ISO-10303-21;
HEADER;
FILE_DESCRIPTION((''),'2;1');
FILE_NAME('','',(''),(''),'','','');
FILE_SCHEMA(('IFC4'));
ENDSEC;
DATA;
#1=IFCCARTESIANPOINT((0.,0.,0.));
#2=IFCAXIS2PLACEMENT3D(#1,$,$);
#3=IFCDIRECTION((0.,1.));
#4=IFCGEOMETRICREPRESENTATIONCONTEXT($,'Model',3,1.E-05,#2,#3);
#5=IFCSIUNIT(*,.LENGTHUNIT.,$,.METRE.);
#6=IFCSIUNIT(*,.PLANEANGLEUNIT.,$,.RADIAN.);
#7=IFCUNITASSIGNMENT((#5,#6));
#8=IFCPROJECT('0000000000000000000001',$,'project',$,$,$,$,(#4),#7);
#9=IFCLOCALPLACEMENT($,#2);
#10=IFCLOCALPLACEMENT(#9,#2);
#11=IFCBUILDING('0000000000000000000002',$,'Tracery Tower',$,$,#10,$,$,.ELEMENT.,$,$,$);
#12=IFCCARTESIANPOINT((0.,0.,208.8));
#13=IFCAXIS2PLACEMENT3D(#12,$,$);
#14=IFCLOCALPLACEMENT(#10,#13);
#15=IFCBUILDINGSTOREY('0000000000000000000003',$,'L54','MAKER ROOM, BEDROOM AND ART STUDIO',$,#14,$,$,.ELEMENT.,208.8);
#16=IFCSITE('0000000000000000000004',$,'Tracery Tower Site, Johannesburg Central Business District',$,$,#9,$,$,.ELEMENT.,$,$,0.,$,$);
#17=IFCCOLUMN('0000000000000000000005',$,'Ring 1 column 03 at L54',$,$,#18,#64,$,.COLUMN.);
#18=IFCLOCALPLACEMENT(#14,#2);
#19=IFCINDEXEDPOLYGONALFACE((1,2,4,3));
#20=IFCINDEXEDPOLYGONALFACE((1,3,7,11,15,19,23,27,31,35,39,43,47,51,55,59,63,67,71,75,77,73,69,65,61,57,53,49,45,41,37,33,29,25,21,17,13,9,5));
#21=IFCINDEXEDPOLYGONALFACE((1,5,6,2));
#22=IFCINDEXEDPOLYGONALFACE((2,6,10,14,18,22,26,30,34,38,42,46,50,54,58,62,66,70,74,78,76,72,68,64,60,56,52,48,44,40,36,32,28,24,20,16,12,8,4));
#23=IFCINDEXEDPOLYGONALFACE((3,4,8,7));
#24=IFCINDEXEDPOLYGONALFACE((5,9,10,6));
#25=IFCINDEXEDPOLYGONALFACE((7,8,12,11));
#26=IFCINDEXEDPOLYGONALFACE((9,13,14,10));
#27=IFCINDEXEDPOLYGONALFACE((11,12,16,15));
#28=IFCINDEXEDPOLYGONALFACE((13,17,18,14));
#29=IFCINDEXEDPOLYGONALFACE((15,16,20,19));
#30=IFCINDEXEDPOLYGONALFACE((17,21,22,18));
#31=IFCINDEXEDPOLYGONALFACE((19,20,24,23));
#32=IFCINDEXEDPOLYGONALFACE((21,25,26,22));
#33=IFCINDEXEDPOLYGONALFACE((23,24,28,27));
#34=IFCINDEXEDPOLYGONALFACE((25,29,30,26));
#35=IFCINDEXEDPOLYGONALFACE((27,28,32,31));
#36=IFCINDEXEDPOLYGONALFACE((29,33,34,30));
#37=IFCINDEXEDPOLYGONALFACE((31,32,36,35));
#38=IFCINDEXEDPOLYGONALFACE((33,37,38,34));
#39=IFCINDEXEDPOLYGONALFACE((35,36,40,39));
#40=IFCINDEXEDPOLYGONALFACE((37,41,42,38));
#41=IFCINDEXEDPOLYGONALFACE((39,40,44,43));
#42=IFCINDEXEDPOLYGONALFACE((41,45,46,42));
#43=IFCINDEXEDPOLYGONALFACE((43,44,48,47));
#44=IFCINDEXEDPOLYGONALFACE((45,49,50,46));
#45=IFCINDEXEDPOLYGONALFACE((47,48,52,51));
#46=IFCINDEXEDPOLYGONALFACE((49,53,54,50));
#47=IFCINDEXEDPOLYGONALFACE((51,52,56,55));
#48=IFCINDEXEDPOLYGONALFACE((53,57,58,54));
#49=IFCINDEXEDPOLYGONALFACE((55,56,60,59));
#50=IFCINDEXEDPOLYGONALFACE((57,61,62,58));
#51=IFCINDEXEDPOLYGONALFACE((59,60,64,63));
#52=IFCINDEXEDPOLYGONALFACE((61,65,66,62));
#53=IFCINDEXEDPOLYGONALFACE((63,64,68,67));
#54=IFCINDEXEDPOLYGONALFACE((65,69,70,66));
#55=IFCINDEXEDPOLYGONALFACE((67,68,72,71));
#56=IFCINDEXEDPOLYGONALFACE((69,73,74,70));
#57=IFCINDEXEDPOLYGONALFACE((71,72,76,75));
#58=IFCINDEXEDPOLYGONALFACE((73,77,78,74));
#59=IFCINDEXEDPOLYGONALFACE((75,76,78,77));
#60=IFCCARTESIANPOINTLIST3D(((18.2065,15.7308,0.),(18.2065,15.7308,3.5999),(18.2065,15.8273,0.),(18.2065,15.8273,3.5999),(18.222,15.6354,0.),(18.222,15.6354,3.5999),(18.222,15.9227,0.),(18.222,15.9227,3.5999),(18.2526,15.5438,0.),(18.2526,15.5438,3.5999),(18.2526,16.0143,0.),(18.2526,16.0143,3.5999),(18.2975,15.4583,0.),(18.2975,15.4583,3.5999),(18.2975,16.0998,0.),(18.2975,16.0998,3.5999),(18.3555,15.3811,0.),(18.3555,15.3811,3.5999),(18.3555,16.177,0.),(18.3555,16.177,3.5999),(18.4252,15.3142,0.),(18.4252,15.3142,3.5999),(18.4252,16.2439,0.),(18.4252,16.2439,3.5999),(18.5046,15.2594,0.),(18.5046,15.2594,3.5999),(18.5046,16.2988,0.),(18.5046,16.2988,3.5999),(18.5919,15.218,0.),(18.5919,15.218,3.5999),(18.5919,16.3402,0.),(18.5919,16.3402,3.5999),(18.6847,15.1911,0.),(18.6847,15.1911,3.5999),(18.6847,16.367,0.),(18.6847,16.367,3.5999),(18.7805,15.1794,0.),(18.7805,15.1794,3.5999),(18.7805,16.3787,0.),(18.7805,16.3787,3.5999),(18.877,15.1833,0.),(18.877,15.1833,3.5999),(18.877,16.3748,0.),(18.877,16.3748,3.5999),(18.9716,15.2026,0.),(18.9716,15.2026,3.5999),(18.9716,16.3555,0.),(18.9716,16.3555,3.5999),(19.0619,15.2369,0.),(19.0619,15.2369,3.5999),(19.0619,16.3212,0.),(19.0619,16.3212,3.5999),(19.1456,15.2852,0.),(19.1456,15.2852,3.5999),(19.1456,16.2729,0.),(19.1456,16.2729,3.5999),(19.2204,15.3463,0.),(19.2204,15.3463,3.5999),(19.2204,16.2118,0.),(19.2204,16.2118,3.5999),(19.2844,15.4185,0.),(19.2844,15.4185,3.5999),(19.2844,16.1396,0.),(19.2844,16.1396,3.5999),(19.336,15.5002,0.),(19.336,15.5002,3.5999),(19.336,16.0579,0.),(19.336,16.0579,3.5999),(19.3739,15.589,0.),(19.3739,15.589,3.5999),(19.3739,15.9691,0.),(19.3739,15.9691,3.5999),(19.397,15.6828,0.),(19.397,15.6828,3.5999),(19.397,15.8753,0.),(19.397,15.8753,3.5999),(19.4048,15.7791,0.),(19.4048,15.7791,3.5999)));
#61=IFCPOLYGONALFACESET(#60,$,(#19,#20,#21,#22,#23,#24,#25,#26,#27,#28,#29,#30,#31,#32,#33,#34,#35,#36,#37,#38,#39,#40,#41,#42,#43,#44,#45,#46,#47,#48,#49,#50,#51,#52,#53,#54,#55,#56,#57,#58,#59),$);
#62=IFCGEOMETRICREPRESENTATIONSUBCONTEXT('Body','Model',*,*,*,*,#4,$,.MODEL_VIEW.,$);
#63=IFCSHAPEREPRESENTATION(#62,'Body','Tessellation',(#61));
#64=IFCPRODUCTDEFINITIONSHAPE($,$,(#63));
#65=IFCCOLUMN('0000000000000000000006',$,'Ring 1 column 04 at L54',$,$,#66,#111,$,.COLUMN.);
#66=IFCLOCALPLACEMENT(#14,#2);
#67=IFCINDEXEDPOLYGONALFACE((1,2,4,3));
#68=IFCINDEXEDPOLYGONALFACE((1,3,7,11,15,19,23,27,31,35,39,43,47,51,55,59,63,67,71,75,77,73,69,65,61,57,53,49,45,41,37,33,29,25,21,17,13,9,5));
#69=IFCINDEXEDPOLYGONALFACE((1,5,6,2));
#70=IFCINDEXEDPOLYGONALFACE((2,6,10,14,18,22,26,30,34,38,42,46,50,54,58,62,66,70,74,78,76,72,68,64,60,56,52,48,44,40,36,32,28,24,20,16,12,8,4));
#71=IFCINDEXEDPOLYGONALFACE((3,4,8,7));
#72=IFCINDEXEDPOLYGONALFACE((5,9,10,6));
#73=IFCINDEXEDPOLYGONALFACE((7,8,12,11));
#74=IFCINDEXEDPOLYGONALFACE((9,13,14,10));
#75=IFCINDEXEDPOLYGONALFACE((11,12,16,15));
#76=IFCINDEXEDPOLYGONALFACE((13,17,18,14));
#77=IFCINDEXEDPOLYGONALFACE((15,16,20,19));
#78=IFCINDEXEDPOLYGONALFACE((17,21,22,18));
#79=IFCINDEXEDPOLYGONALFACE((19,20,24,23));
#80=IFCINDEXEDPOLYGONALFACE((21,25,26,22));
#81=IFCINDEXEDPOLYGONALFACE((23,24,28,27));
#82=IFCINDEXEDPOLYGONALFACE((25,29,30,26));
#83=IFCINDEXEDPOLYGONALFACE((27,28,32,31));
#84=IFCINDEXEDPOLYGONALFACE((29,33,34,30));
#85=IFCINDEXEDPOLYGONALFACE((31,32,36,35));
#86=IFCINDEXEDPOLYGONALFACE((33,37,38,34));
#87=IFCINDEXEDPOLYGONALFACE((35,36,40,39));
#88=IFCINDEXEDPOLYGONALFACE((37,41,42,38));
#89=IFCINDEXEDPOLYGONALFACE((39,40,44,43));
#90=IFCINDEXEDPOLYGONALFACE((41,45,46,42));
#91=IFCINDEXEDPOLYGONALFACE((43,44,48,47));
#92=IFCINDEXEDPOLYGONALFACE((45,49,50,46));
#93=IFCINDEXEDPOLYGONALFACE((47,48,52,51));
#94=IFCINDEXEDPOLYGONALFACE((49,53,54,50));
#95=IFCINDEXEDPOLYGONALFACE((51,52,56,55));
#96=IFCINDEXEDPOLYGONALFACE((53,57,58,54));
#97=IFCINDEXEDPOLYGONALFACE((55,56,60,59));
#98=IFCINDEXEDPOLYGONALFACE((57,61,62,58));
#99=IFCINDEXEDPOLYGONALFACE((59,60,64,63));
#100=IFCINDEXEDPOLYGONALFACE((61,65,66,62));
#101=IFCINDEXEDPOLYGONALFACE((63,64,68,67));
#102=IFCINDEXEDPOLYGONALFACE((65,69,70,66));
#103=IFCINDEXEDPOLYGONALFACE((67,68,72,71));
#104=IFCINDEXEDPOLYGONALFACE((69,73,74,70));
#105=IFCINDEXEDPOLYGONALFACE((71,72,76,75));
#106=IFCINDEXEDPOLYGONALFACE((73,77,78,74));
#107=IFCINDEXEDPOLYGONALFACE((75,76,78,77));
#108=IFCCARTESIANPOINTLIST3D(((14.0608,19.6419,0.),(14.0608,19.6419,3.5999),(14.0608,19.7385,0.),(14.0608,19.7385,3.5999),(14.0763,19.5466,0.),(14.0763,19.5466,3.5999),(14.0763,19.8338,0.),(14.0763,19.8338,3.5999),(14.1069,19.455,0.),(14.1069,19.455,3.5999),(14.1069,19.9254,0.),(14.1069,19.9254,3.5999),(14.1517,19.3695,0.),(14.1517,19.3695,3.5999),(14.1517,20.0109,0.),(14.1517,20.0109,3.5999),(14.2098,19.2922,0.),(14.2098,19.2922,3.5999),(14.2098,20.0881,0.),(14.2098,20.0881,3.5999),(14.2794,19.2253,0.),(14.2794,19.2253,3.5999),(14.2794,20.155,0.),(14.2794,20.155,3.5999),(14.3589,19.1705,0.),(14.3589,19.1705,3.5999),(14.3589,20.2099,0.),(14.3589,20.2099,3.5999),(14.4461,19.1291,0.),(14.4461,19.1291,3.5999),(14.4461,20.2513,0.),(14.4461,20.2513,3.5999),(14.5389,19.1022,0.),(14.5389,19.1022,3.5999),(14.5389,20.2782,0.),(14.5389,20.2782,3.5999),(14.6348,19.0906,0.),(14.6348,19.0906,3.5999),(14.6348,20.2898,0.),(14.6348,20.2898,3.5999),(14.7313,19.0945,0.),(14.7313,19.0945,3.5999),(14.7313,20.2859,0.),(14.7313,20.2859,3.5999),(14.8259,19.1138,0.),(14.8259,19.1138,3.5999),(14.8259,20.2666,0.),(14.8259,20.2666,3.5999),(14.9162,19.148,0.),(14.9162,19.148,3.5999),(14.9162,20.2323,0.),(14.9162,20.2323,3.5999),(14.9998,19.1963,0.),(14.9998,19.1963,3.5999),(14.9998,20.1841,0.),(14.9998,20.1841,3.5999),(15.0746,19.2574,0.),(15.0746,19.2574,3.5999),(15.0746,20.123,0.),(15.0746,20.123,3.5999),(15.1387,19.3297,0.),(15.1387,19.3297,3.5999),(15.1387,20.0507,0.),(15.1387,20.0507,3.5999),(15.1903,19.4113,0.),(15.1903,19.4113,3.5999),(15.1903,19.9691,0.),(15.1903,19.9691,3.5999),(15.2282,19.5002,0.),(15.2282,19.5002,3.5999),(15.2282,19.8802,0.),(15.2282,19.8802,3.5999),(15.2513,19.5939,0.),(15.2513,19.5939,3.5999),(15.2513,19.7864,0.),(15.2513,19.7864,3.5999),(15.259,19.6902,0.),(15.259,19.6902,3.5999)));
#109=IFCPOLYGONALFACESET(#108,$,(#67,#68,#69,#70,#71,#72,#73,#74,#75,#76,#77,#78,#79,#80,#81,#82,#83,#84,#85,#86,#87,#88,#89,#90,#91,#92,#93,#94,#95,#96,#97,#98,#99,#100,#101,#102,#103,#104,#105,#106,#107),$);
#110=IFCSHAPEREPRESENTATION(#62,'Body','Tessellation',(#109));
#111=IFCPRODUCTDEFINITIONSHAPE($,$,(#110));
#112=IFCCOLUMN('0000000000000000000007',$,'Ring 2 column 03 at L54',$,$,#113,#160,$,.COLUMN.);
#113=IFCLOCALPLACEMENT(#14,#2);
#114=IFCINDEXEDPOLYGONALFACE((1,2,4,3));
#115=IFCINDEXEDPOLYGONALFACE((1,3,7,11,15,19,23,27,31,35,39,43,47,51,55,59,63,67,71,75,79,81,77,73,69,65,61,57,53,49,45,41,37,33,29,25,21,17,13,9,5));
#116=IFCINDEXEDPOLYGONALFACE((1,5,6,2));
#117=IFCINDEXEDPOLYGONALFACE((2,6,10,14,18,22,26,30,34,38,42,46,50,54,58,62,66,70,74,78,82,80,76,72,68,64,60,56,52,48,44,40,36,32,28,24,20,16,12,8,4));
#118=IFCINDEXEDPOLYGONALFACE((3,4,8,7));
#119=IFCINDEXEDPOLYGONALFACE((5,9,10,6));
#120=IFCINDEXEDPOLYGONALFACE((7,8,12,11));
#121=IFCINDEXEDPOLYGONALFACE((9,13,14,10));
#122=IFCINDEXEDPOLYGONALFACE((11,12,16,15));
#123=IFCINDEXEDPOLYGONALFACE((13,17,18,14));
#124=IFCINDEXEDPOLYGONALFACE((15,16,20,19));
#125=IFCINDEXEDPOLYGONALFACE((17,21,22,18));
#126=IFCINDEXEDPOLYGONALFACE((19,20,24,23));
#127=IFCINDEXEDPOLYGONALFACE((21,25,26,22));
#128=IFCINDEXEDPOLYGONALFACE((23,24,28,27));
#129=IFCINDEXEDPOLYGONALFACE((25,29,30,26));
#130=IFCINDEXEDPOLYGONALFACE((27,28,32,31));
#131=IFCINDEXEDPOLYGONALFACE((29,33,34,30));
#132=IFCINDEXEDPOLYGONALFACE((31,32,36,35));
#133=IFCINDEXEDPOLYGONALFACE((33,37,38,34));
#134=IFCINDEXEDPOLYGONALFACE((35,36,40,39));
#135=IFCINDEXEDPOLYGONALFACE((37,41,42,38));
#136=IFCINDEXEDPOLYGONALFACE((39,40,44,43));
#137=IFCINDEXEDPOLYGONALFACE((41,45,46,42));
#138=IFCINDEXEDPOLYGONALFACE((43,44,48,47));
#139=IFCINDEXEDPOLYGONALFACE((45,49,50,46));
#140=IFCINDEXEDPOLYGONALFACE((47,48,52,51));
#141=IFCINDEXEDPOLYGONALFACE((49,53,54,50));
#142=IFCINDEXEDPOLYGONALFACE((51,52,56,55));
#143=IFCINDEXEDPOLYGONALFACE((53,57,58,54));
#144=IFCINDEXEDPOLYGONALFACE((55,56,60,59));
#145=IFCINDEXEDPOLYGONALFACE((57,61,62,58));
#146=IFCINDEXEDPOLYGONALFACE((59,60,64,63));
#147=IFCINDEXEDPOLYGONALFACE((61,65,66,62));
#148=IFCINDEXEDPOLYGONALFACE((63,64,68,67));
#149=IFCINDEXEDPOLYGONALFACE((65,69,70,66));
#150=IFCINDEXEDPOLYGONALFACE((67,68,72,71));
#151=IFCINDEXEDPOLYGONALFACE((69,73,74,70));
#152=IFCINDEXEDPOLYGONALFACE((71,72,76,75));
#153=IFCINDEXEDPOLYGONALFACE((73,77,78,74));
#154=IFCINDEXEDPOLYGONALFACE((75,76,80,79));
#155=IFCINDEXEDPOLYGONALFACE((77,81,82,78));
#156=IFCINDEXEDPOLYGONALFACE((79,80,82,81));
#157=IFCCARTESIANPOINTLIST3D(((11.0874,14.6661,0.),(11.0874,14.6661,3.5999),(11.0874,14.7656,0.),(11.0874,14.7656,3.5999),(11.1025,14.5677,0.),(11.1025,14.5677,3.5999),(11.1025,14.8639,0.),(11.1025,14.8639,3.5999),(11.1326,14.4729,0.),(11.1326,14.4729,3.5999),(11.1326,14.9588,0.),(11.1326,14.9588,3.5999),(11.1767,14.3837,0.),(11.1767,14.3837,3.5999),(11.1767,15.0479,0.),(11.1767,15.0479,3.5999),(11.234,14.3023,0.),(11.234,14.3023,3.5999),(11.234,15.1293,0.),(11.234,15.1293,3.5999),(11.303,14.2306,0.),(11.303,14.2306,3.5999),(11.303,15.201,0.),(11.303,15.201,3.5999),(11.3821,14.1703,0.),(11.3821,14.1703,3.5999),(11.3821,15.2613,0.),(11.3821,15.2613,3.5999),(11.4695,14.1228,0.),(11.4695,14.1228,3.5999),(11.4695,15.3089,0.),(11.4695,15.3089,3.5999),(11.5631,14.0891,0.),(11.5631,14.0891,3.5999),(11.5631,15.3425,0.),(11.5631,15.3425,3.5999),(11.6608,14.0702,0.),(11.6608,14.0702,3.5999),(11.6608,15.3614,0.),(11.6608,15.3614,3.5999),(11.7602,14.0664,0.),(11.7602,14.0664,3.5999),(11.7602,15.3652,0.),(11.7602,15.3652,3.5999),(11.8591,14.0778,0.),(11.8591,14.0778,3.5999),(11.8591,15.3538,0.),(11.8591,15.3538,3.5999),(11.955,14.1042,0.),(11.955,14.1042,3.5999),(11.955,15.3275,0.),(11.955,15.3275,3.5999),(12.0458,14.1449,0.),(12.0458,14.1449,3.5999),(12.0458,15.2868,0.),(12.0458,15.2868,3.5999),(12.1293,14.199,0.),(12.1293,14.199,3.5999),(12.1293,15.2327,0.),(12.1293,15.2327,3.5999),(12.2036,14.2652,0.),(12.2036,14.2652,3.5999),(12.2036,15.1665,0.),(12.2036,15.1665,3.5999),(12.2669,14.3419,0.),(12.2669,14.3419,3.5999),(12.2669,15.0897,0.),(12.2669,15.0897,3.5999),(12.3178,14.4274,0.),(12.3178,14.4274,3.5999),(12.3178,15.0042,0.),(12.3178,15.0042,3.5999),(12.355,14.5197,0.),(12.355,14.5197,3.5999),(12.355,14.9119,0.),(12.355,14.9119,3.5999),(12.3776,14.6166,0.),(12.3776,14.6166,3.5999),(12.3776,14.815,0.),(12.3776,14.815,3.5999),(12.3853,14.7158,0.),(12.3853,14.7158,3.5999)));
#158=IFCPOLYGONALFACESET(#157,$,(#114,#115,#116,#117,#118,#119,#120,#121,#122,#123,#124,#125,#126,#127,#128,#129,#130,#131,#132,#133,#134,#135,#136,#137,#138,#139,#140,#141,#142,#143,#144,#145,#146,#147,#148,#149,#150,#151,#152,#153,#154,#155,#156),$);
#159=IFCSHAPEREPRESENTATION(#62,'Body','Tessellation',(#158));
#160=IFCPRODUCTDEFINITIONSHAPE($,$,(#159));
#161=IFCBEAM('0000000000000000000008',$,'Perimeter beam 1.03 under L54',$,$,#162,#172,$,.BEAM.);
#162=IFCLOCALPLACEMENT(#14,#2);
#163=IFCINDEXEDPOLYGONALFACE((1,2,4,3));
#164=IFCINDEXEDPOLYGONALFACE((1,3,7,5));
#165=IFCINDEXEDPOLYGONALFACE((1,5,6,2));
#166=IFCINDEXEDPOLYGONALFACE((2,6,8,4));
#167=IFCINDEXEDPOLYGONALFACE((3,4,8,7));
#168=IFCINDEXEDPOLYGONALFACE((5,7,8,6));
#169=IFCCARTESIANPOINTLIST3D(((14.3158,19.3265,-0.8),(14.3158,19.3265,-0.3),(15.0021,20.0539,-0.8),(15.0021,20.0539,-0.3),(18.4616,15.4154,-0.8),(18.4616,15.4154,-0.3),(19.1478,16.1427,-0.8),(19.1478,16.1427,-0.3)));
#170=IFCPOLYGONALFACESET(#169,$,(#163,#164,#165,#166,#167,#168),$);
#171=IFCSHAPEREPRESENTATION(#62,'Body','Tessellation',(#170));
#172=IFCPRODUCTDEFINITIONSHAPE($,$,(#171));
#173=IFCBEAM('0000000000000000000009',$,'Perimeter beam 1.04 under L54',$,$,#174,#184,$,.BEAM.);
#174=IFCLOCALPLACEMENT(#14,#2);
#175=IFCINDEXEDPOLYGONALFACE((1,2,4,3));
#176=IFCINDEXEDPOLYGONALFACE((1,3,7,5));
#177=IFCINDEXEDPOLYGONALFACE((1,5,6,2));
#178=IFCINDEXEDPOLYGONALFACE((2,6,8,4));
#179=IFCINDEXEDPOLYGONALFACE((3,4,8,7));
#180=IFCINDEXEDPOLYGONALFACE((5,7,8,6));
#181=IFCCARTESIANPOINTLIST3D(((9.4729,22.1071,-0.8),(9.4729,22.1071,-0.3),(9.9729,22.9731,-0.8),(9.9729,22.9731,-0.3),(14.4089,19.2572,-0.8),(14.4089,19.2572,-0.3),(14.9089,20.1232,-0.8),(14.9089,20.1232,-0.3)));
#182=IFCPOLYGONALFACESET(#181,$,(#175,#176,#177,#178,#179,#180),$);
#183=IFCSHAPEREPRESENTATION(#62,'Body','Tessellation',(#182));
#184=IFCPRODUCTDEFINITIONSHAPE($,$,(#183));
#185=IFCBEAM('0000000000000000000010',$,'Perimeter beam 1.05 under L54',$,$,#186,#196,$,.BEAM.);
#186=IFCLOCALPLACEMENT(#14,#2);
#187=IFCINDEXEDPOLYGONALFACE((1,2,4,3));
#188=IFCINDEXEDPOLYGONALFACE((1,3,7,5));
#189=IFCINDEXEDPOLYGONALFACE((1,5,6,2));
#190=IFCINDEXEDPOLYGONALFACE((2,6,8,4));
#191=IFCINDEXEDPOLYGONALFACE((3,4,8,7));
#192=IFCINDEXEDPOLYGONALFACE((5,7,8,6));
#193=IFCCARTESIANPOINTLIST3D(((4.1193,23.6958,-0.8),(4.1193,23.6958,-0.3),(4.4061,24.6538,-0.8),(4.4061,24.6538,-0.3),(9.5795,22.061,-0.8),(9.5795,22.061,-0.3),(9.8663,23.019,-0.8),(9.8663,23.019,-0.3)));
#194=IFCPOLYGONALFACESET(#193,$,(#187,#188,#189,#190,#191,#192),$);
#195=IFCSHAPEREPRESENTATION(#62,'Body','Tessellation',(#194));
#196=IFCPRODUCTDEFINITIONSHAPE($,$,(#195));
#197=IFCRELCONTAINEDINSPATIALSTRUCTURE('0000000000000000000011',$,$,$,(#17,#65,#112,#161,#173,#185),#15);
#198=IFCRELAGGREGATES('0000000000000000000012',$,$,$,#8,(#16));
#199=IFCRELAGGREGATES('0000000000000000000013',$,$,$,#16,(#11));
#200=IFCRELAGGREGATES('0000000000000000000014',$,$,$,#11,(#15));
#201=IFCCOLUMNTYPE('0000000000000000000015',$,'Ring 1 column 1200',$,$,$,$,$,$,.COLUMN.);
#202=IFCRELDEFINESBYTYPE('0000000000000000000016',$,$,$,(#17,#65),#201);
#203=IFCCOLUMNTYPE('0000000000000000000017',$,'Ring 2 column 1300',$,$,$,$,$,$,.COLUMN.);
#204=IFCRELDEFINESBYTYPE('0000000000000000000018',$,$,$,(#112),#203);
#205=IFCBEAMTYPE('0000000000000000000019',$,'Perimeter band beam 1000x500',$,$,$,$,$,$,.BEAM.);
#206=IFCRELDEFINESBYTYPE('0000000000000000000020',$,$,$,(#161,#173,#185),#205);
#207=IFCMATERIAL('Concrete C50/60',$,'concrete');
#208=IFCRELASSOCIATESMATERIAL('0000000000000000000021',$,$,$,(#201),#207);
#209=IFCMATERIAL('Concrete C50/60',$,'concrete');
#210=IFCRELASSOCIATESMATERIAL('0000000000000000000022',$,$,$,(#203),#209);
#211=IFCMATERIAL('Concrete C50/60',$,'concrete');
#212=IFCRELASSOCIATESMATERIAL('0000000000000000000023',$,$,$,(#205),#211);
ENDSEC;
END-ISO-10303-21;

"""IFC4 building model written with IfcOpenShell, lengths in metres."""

from ifc_helpers import new_model, si_unit, direction, frame, origin, origin_2d, place, context, subcontext, project, spatial, rectangle, circle, extrude, material, material_profile, profile_set, type_object, element, save


model = new_model("IFC4")

# Units and contexts
model_context = context("Model", 3, precision=1e-05, world=origin(), true_north=direction((0.0, 1.0)))
body_context = subcontext(model_context, "Body", "Model", "MODEL_VIEW")
ifc_project = project(units=[si_unit("LENGTHUNIT", "METRE"), si_unit("PLANEANGLEUNIT", "RADIAN")], contexts=[model_context])

# Site, building, storey
site_placement = place(None, origin())
site = spatial("IfcSite", under=ifc_project, at=site_placement, Name="Tracery Tower Site, Johannesburg Central Business District", CompositionType="ELEMENT", RefElevation=0.0)
building_placement = place(site_placement, origin())
building = spatial("IfcBuilding", under=site, at=building_placement, Name="Tracery Tower", CompositionType="ELEMENT")
storey_placement = place(building_placement, frame((0.0, 0.0, 208.8)))
storey = spatial("IfcBuildingStorey", under=building, at=storey_placement, Name="L54", Description="MAKER ROOM, BEDROOM AND ART STUDIO", CompositionType="ELEMENT", Elevation=208.8)

# Columns
ifc_material_1 = material(Name="Concrete C50/60", Category="concrete")
ifc_material_profile_1 = material_profile(ifc_material_1, circle(Radius=0.6001, at=origin_2d()), Name="RC D1200")
ifc_profile_set_1 = profile_set([ifc_material_profile_1], Name="Concrete C50/60")
column_type_1 = type_object("IfcColumnType", Name="Ring 1 column 1200", PredefinedType="COLUMN", material=ifc_profile_set_1)
for number, where, z_axis, x_axis, name in (
    (1, (18.8047, 15.7791, 0.0), (0.0, 0.0, 1.0), (1.0, 0.0, 0.0), "Ring 1 column 03 at L54"),
    (2, (14.6589, 19.6902, 0.0), (0.0, 0.0, 1.0), (1.0, 0.0, 0.0), "Ring 1 column 04 at L54"),
):
    element("IfcColumn", number, at=place(storey_placement, frame(where, z_axis=z_axis, x_axis=x_axis)), inside=storey, type_object=column_type_1, Name=name, PredefinedType="COLUMN", context=body_context, shape_type="SweptSolid", body=[
        extrude(circle(Radius=0.6001, at=origin_2d()), origin(), (0.0, 0.0, 1.0), 3.5999),
    ])
ifc_material_2 = material(Name="Concrete C50/60", Category="concrete")
ifc_material_profile_2 = material_profile(ifc_material_2, circle(Radius=0.6499, at=origin_2d()), Name="RC D1300")
ifc_profile_set_2 = profile_set([ifc_material_profile_2], Name="Concrete C50/60")
column_type_2 = type_object("IfcColumnType", Name="Ring 2 column 1300", PredefinedType="COLUMN", material=ifc_profile_set_2)
column_placement = place(storey_placement, frame((11.7354, 14.7158, 0.0), z_axis=(0.0, 0.0, 1.0), x_axis=(1.0, 0.0, 0.0)))
element("IfcColumn", 3, at=column_placement, inside=storey, type_object=column_type_2, Name="Ring 2 column 03 at L54", PredefinedType="COLUMN", context=body_context, shape_type="SweptSolid", body=[
    extrude(circle(Radius=0.6499, at=origin_2d()), origin(), (0.0, 0.0, 1.0), 3.5999),
])

# Beams
ifc_material_3 = material(Name="Concrete C50/60", Category="concrete")
ifc_material_profile_3 = material_profile(ifc_material_3, rectangle(XDim=1.0, YDim=0.5, at=origin_2d()), Name="RC 1000x500")
ifc_profile_set_3 = profile_set([ifc_material_profile_3], Name="Concrete C50/60")
beam_type = type_object("IfcBeamType", Name="Perimeter band beam 1000x500", PredefinedType="BEAM", material=ifc_profile_set_3)
beam_placement = place(storey_placement, frame((18.8047, 15.7791, -0.55), z_axis=(-0.72739, 0.686225, 0.0), x_axis=(-0.686225, -0.72739, 0.0)))
element("IfcBeam", 4, at=beam_placement, inside=storey, type_object=beam_type, Name="Perimeter beam 1.03 under L54", PredefinedType="BEAM", context=body_context, shape_type="SweptSolid", body=[
    extrude(rectangle(XDim=1.0, YDim=0.5, at=origin_2d()), origin(), (0.0, 0.0, 1.0), 5.6995),
])
for number, where, z_axis, x_axis, name in (
    (5, (14.6589, 19.6902, -0.55), (-0.866023, 0.500004, 0.0), (-0.500004, -0.866023, 0.0), "Perimeter beam 1.04 under L54"),
    (6, (9.7229, 22.54, -0.55), (-0.957985, 0.286817, 0.0), (-0.286817, -0.957985, 0.0), "Perimeter beam 1.05 under L54"),
):
    element("IfcBeam", number, at=place(storey_placement, frame(where, z_axis=z_axis, x_axis=x_axis)), inside=storey, type_object=beam_type, Name=name, PredefinedType="BEAM", context=body_context, shape_type="SweptSolid", body=[
        extrude(rectangle(XDim=1.0, YDim=0.5, at=origin_2d()), origin(), (0.0, 0.0, 1.0), 5.6997),
    ])

save(model, "model.ifc")
